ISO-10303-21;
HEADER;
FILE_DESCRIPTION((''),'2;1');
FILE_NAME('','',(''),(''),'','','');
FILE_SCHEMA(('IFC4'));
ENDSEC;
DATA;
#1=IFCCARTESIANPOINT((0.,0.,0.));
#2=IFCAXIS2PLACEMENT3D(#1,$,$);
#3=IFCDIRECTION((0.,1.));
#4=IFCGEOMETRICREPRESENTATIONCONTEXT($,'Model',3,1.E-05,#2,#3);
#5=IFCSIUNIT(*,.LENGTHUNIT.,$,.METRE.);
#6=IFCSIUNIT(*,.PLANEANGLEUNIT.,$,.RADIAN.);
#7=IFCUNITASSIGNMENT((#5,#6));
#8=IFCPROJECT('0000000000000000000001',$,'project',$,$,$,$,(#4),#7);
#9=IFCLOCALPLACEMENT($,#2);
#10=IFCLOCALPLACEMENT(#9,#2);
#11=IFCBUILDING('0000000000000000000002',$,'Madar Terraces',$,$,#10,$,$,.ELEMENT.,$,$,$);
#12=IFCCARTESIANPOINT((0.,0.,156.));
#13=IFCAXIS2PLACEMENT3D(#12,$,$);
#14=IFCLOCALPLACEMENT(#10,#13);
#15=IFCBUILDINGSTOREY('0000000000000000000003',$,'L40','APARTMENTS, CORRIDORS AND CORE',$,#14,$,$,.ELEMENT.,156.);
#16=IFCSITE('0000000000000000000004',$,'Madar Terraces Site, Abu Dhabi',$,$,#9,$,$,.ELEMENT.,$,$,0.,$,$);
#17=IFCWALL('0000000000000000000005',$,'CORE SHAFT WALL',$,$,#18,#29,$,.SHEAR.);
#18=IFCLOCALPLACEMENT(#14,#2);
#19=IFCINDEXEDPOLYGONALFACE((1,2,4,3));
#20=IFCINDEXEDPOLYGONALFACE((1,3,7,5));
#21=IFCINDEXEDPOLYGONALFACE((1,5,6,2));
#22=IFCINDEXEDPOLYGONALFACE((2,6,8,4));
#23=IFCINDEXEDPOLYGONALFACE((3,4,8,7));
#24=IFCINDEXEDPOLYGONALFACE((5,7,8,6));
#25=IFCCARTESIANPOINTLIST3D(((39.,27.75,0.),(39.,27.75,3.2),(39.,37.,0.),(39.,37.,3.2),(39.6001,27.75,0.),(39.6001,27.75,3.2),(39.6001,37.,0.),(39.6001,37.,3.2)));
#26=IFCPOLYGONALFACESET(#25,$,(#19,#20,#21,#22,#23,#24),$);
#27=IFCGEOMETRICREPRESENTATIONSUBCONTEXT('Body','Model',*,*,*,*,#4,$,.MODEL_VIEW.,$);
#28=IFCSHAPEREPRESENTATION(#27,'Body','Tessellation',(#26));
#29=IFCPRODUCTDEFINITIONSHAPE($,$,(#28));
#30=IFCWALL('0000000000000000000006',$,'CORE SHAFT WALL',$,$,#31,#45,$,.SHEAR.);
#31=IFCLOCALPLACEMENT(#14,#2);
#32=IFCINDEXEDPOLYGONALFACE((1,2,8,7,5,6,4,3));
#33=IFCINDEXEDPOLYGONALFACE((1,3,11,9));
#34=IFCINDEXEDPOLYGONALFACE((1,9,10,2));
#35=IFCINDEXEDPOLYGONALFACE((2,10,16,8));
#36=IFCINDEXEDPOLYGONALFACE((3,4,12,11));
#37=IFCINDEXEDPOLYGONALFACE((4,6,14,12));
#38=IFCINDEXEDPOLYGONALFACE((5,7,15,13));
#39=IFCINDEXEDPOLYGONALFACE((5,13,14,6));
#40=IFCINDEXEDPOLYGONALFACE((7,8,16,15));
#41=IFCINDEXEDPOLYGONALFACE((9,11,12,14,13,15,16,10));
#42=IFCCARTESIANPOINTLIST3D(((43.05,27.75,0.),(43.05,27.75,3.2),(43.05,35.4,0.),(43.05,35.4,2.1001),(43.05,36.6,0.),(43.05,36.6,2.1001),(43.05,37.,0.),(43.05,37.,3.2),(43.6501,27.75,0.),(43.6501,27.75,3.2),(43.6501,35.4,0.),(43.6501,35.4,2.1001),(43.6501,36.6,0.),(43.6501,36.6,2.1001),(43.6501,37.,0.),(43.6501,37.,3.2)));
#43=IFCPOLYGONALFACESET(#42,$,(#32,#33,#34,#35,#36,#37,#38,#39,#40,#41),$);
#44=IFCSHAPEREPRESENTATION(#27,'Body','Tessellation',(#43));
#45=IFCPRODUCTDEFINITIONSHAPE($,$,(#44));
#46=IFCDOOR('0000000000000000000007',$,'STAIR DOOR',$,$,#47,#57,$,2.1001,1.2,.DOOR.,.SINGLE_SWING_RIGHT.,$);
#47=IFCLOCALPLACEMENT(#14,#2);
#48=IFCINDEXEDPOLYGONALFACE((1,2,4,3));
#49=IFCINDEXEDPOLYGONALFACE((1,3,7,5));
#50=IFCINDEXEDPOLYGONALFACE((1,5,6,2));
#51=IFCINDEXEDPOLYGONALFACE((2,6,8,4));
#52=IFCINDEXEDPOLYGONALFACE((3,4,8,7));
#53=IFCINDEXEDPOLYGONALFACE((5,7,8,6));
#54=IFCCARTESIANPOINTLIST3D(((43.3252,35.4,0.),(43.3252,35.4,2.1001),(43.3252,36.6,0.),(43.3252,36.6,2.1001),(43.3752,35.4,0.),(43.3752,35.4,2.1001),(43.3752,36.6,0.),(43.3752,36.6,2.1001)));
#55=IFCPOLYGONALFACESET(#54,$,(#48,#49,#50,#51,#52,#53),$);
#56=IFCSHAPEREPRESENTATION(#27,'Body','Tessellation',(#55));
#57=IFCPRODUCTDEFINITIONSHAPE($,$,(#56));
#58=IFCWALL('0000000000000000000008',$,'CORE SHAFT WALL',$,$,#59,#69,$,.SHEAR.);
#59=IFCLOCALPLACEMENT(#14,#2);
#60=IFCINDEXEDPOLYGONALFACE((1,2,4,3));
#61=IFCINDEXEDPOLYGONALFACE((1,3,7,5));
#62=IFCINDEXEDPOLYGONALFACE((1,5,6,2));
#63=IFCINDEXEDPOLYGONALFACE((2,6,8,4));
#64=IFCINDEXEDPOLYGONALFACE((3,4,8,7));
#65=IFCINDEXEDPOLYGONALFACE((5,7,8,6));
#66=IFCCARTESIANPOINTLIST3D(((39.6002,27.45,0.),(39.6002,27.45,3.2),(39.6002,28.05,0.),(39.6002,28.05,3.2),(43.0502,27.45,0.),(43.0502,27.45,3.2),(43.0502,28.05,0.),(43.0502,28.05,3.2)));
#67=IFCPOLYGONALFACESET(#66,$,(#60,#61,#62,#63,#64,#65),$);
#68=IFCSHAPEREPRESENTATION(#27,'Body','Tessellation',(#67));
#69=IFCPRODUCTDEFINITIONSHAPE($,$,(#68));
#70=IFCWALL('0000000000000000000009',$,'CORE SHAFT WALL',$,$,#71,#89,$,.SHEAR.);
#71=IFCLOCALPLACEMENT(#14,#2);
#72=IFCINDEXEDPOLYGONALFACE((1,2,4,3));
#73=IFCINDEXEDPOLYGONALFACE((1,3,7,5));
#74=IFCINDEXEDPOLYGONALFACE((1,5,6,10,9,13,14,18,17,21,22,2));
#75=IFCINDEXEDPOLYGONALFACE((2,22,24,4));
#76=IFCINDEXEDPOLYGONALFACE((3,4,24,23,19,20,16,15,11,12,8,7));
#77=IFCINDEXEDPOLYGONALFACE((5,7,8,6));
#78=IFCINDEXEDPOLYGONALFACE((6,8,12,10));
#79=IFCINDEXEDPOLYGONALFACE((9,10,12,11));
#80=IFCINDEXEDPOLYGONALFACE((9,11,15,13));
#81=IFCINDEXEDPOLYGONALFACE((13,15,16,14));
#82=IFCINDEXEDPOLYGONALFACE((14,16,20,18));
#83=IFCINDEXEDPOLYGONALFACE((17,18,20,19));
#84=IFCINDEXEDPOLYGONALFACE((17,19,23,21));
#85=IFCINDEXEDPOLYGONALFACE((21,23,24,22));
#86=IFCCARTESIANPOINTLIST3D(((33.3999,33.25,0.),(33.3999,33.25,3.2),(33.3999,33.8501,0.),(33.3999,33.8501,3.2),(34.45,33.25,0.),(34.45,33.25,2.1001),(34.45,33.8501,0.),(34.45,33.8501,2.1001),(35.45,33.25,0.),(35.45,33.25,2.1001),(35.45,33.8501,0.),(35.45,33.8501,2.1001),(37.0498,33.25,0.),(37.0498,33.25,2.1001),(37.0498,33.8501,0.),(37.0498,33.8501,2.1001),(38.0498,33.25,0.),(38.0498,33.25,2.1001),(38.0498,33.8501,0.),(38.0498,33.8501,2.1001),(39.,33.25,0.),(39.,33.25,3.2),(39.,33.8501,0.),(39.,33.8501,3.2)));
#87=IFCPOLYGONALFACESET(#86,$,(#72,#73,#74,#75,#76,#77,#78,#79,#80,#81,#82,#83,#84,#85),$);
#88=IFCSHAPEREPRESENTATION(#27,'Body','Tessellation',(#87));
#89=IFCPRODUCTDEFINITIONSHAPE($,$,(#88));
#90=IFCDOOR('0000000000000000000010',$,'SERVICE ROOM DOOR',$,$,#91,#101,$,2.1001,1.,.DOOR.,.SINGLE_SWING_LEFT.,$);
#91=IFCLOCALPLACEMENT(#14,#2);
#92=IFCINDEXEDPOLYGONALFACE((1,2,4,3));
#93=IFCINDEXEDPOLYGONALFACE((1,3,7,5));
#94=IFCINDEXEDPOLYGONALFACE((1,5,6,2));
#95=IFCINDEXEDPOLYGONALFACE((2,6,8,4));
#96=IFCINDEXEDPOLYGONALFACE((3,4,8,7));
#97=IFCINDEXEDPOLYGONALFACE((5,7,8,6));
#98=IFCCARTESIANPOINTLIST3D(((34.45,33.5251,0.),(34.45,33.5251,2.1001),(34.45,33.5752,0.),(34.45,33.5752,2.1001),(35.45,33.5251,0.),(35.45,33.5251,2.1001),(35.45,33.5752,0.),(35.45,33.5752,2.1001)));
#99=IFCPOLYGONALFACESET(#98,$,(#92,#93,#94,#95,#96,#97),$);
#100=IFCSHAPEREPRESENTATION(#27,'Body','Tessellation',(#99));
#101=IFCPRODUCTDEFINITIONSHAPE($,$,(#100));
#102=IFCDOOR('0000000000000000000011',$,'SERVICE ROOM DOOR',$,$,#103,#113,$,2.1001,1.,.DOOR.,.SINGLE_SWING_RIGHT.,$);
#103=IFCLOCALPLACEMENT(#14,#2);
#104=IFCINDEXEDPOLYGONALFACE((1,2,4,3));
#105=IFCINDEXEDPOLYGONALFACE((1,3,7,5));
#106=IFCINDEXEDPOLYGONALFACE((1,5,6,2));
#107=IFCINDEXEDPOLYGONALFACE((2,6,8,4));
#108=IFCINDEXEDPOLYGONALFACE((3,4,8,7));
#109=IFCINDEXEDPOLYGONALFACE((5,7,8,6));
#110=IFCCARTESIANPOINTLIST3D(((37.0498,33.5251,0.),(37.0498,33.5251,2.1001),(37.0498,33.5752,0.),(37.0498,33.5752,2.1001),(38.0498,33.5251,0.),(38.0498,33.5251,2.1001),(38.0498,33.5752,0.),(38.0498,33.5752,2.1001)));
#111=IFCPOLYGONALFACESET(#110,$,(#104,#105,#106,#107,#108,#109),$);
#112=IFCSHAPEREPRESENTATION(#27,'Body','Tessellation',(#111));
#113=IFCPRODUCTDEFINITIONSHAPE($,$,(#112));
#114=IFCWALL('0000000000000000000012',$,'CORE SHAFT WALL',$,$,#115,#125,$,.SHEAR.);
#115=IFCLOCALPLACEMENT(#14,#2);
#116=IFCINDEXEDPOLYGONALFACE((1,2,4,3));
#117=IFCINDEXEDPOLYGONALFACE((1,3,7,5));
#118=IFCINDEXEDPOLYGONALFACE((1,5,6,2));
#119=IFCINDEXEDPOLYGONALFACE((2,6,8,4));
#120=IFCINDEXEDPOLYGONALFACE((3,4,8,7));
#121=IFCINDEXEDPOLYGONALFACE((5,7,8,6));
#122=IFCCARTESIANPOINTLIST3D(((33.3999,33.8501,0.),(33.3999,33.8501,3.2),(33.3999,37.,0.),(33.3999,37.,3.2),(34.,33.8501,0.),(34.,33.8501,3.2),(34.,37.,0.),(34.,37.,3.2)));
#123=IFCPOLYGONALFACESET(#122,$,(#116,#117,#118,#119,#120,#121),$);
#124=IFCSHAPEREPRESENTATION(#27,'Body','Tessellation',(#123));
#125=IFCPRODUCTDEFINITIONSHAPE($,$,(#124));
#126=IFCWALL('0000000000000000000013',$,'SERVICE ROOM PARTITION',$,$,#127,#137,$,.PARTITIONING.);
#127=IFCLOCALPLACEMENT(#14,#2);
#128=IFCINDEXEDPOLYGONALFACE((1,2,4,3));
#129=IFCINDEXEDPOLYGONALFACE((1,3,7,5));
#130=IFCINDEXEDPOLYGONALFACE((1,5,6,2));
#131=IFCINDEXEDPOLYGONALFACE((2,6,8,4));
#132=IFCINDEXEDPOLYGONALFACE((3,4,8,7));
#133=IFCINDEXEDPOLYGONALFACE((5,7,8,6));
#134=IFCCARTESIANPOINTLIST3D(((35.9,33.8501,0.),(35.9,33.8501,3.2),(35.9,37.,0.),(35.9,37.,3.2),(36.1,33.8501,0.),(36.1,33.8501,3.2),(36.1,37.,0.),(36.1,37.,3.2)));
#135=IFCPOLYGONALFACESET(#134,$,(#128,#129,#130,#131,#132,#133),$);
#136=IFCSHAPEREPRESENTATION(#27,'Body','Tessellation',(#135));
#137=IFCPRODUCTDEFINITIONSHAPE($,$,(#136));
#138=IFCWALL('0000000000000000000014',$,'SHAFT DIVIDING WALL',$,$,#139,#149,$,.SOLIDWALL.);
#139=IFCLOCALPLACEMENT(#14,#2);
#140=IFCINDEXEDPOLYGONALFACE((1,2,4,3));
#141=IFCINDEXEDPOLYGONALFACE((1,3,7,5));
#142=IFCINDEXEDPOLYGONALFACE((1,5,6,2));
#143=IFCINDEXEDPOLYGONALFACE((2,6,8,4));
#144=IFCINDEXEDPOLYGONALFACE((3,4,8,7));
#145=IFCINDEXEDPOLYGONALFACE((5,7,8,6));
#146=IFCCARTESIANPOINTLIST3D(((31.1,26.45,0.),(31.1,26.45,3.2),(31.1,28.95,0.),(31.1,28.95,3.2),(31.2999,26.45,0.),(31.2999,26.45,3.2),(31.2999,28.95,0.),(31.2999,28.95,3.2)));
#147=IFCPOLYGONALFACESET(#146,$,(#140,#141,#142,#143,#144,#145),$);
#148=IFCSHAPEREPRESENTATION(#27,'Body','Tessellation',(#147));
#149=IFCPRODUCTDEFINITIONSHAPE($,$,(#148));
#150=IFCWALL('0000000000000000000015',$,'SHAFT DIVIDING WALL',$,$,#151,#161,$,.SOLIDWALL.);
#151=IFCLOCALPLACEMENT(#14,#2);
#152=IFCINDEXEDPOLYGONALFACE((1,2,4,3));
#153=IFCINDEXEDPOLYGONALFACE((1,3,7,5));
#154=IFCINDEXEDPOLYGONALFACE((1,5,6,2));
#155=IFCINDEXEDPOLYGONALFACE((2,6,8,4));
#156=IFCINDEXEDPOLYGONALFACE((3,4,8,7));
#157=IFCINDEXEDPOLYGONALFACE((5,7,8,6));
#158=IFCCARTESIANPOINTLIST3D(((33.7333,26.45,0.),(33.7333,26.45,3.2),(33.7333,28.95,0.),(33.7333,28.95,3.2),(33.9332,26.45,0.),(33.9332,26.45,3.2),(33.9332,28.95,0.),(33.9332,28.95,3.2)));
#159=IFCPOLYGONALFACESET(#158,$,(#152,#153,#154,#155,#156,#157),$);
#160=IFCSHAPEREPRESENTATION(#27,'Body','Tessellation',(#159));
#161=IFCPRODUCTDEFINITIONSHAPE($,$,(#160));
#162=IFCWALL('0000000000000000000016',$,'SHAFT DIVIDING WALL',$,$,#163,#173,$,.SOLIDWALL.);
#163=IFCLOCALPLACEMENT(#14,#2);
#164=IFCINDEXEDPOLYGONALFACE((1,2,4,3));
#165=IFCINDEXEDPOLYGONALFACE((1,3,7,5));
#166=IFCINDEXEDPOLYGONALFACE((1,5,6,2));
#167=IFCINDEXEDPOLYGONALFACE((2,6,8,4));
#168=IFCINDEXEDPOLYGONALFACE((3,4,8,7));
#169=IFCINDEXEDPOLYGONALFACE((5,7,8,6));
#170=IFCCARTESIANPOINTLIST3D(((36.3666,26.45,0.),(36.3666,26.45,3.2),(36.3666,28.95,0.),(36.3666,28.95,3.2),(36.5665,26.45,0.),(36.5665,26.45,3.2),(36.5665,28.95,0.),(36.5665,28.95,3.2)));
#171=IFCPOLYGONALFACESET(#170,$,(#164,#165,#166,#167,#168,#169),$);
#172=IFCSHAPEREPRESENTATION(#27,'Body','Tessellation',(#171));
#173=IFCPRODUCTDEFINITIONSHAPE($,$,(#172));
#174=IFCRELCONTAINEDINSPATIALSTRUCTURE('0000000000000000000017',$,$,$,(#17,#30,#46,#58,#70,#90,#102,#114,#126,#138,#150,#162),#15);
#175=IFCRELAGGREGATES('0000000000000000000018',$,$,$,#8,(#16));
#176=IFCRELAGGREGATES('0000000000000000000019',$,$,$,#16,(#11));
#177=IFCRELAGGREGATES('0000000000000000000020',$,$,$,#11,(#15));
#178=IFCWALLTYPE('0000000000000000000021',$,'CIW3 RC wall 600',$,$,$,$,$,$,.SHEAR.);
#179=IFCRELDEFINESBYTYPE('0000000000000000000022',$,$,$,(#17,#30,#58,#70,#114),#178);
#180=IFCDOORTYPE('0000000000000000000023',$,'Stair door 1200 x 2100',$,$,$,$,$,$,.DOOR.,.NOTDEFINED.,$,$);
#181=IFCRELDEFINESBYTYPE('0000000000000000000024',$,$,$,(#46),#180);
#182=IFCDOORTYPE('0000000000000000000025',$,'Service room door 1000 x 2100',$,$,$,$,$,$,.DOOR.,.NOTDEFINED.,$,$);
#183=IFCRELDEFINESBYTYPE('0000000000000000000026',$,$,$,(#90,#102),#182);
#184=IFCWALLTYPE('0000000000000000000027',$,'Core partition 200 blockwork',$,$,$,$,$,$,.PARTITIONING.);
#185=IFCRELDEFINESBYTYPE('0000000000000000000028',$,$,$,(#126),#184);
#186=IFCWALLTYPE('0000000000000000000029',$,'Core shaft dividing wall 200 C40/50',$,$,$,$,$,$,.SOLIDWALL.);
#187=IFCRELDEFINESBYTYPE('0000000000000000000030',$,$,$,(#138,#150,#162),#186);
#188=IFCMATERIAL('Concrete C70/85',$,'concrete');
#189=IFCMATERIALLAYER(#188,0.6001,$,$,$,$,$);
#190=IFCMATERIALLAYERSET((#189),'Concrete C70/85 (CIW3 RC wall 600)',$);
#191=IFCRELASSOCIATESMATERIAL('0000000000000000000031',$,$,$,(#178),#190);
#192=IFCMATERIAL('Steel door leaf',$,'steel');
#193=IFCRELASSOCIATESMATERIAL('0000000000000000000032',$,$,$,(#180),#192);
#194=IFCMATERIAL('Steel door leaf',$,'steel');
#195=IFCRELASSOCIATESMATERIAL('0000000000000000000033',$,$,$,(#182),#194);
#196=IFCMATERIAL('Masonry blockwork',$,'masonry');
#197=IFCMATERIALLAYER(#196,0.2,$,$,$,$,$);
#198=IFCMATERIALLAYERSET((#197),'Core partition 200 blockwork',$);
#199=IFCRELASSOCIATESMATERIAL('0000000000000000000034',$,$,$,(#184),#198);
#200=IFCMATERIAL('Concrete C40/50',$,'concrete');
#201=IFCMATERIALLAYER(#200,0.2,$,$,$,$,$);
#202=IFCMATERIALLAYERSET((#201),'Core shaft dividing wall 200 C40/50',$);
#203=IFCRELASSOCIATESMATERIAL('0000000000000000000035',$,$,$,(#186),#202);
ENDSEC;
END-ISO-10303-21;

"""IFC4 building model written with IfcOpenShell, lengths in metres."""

from ifc_helpers import new_model, si_unit, direction, frame, frame_2d, origin, place, context, subcontext, project, spatial, rectangle, extrude, material, layer, layer_set, type_object, element, fill, save


model = new_model("IFC4")

# Units and contexts
model_context = context("Model", 3, precision=1e-05, world=origin(), true_north=direction((0.0, 1.0)))
body_context = subcontext(model_context, "Body", "Model", "MODEL_VIEW")
ifc_project = project(units=[si_unit("LENGTHUNIT", "METRE"), si_unit("PLANEANGLEUNIT", "RADIAN")], contexts=[model_context])

# Site, building, storey
site_placement = place(None, origin())
site = spatial("IfcSite", under=ifc_project, at=site_placement, Name="Madar Terraces Site, Abu Dhabi", CompositionType="ELEMENT", RefElevation=0.0)
building_placement = place(site_placement, origin())
building = spatial("IfcBuilding", under=site, at=building_placement, Name="Madar Terraces", CompositionType="ELEMENT")
storey_placement = place(building_placement, frame((0.0, 0.0, 156.0)))
storey = spatial("IfcBuildingStorey", under=building, at=storey_placement, Name="L40", Description="APARTMENTS, CORRIDORS AND CORE", CompositionType="ELEMENT", Elevation=156.0)

# Wall
ifc_material_1 = material(Name="Concrete C70/85", Category="concrete")
ifc_layer_1 = layer(ifc_material_1, 0.6001)
ifc_layer_set_1 = layer_set([ifc_layer_1], Name="Concrete C70/85 (CIW3 RC wall 600)")
wall_type_1 = type_object("IfcWallType", Name="CIW3 RC wall 600", PredefinedType="SHEAR", material=ifc_layer_set_1)
wall_1_placement = place(storey_placement, frame((39.3, 27.75, 0.0), z_axis=(0.0, 0.0, 1.0), x_axis=(0.0, 1.0, 0.0)))
element("IfcWall", 1, at=wall_1_placement, inside=storey, type_object=wall_type_1, Name="CORE SHAFT WALL", PredefinedType="SHEAR", context=body_context, shape_type="SweptSolid", body=[
    extrude(rectangle(XDim=9.25, YDim=0.6001, at=frame_2d((4.625, 0.0))), origin(), (0.0, 0.0, 1.0), 3.2),
])

# Wall, opening, door
wall_2_placement = place(storey_placement, frame((43.3501, 27.75, 0.0), z_axis=(0.0, 0.0, 1.0), x_axis=(0.0, 1.0, 0.0)))
wall_2 = element("IfcWall", 2, at=wall_2_placement, inside=storey, type_object=wall_type_1, Name="CORE SHAFT WALL", PredefinedType="SHEAR", context=body_context, shape_type="SweptSolid", body=[
    extrude(rectangle(XDim=9.25, YDim=0.6001, at=frame_2d((4.625, 0.0))), origin(), (0.0, 0.0, 1.0), 3.2),
])
opening_1_placement = place(wall_2_placement, frame((7.6499, 0.0, 0.0)))
opening_1 = element("IfcOpeningElement", 3, at=opening_1_placement, cuts=wall_2, PredefinedType="OPENING", context=body_context, shape_type="SweptSolid", body=[
    extrude(rectangle(XDim=1.2, YDim=2.1001, at=frame_2d((0.6001, 1.05))), frame((0.0, 0.3101, 0.0), z_axis=(0.0, -1.0, 0.0), x_axis=(1.0, 0.0, 0.0)), (0.0, 0.0, 1.0), 0.6201),
])
ifc_material_2 = material(Name="Steel door leaf", Category="steel")
door_type_1 = type_object("IfcDoorType", Name="Stair door 1200 x 2100", OperationType="NOTDEFINED", PredefinedType="DOOR", material=ifc_material_2)
door_1_placement = place(opening_1_placement, origin())
door_1 = element("IfcDoor", 4, at=door_1_placement, inside=storey, type_object=door_type_1, Name="STAIR DOOR", OperationType="SINGLE_SWING_RIGHT", OverallHeight=2.1001, OverallWidth=1.2, PredefinedType="DOOR", context=body_context, shape_type="SweptSolid", body=[
    extrude(rectangle(XDim=1.2, YDim=2.1001, at=frame_2d((0.6001, 1.05))), frame((0.0, 0.0249, 0.0), z_axis=(0.0, -1.0, 0.0), x_axis=(1.0, 0.0, 0.0)), (0.0, 0.0, 1.0), 0.05),
])
fill(opening_1, door_1)

# Wall
wall_3_placement = place(storey_placement, frame((39.6001, 27.75, 0.0), z_axis=(0.0, 0.0, 1.0), x_axis=(1.0, 0.0, 0.0)))
element("IfcWall", 5, at=wall_3_placement, inside=storey, type_object=wall_type_1, Name="CORE SHAFT WALL", PredefinedType="SHEAR", context=body_context, shape_type="SweptSolid", body=[
    extrude(rectangle(XDim=3.45, YDim=0.6001, at=frame_2d((1.7251, 0.0))), origin(), (0.0, 0.0, 1.0), 3.2),
])

# Wall, openings, doors
wall_4_placement = place(storey_placement, frame((33.3999, 33.55, 0.0), z_axis=(0.0, 0.0, 1.0), x_axis=(1.0, 0.0, 0.0)))
wall_4 = element("IfcWall", 6, at=wall_4_placement, inside=storey, type_object=wall_type_1, Name="CORE SHAFT WALL", PredefinedType="SHEAR", context=body_context, shape_type="SweptSolid", body=[
    extrude(rectangle(XDim=5.6001, YDim=0.6001, at=frame_2d((2.8, 0.0))), origin(), (0.0, 0.0, 1.0), 3.2),
])
opening_2_placement = place(wall_4_placement, frame((1.05, 0.0, 0.0)))
opening_2 = element("IfcOpeningElement", 7, at=opening_2_placement, cuts=wall_4, PredefinedType="OPENING", context=body_context, shape_type="SweptSolid", body=[
    extrude(rectangle(XDim=1.0, YDim=2.1001, at=frame_2d((0.5, 1.05))), frame((0.0, 0.3101, 0.0), z_axis=(0.0, -1.0, 0.0), x_axis=(1.0, 0.0, 0.0)), (0.0, 0.0, 1.0), 0.6201),
])
opening_3_placement = place(wall_4_placement, frame((3.6499, 0.0, 0.0)))
opening_3 = element("IfcOpeningElement", 8, at=opening_3_placement, cuts=wall_4, PredefinedType="OPENING", context=body_context, shape_type="SweptSolid", body=[
    extrude(rectangle(XDim=1.0, YDim=2.1001, at=frame_2d((0.5, 1.05))), frame((0.0, 0.3101, 0.0), z_axis=(0.0, -1.0, 0.0), x_axis=(1.0, 0.0, 0.0)), (0.0, 0.0, 1.0), 0.6201),
])
ifc_material_3 = material(Name="Steel door leaf", Category="steel")
door_type_2 = type_object("IfcDoorType", Name="Service room door 1000 x 2100", OperationType="NOTDEFINED", PredefinedType="DOOR", material=ifc_material_3)
door_2_placement = place(opening_2_placement, frame((1.0, 0.0, 0.0), z_axis=(0.0, 0.0, 1.0), x_axis=(-1.0, 0.0, 0.0)))
door_2 = element("IfcDoor", 9, at=door_2_placement, inside=storey, type_object=door_type_2, Name="SERVICE ROOM DOOR", OperationType="SINGLE_SWING_LEFT", OverallHeight=2.1001, OverallWidth=1.0, PredefinedType="DOOR", context=body_context, shape_type="SweptSolid", body=[
    extrude(rectangle(XDim=1.0, YDim=2.1001, at=frame_2d((0.5, 1.05))), frame((0.0, 0.0249, 0.0), z_axis=(0.0, -1.0, 0.0), x_axis=(1.0, 0.0, 0.0)), (0.0, 0.0, 1.0), 0.05),
])
fill(opening_2, door_2)
door_3_placement = place(opening_3_placement, frame((1.0, 0.0, 0.0), z_axis=(0.0, 0.0, 1.0), x_axis=(-1.0, 0.0, 0.0)))
door_3 = element("IfcDoor", 10, at=door_3_placement, inside=storey, type_object=door_type_2, Name="SERVICE ROOM DOOR", OperationType="SINGLE_SWING_RIGHT", OverallHeight=2.1001, OverallWidth=1.0, PredefinedType="DOOR", context=body_context, shape_type="SweptSolid", body=[
    extrude(rectangle(XDim=1.0, YDim=2.1001, at=frame_2d((0.5, 1.05))), frame((0.0, 0.0249, 0.0), z_axis=(0.0, -1.0, 0.0), x_axis=(1.0, 0.0, 0.0)), (0.0, 0.0, 1.0), 0.05),
])
fill(opening_3, door_3)

# Walls
wall_5_placement = place(storey_placement, frame((33.7, 33.8501, 0.0), z_axis=(0.0, 0.0, 1.0), x_axis=(0.0, 1.0, 0.0)))
element("IfcWall", 11, at=wall_5_placement, inside=storey, type_object=wall_type_1, Name="CORE SHAFT WALL", PredefinedType="SHEAR", context=body_context, shape_type="SweptSolid", body=[
    extrude(rectangle(XDim=3.1499, YDim=0.6001, at=frame_2d((1.575, 0.0))), origin(), (0.0, 0.0, 1.0), 3.2),
])
ifc_material_4 = material(Name="Masonry blockwork", Category="masonry")
ifc_layer_2 = layer(ifc_material_4, 0.2)
ifc_layer_set_2 = layer_set([ifc_layer_2], Name="Core partition 200 blockwork")
wall_type_2 = type_object("IfcWallType", Name="Core partition 200 blockwork", PredefinedType="PARTITIONING", material=ifc_layer_set_2)
wall_6_placement = place(storey_placement, frame((36.0, 33.8501, 0.0), z_axis=(0.0, 0.0, 1.0), x_axis=(0.0, 1.0, 0.0)))
element("IfcWall", 12, at=wall_6_placement, inside=storey, type_object=wall_type_2, Name="SERVICE ROOM PARTITION", PredefinedType="PARTITIONING", context=body_context, shape_type="SweptSolid", body=[
    extrude(rectangle(XDim=3.1499, YDim=0.2, at=frame_2d((1.575, 0.0))), origin(), (0.0, 0.0, 1.0), 3.2),
])
ifc_material_5 = material(Name="Concrete C40/50", Category="concrete")
ifc_layer_3 = layer(ifc_material_5, 0.2)
ifc_layer_set_3 = layer_set([ifc_layer_3], Name="Core shaft dividing wall 200 C40/50")
wall_type_3 = type_object("IfcWallType", Name="Core shaft dividing wall 200 C40/50", PredefinedType="SOLIDWALL", material=ifc_layer_set_3)
for number, where, z_axis, x_axis, name in (
    (13, (31.2, 26.45, 0.0), (0.0, 0.0, 1.0), (0.0, 1.0, 0.0), "SHAFT DIVIDING WALL"),
    (14, (33.8333, 26.45, 0.0), (0.0, 0.0, 1.0), (0.0, 1.0, 0.0), "SHAFT DIVIDING WALL"),
    (15, (36.4666, 26.45, 0.0), (0.0, 0.0, 1.0), (0.0, 1.0, 0.0), "SHAFT DIVIDING WALL"),
):
    element("IfcWall", number, at=place(storey_placement, frame(where, z_axis=z_axis, x_axis=x_axis)), inside=storey, type_object=wall_type_3, Name=name, PredefinedType="SOLIDWALL", context=body_context, shape_type="SweptSolid", body=[
        extrude(rectangle(XDim=2.5, YDim=0.2, at=frame_2d((1.25, 0.0))), origin(), (0.0, 0.0, 1.0), 3.2),
    ])

save(model, "model.ifc")
